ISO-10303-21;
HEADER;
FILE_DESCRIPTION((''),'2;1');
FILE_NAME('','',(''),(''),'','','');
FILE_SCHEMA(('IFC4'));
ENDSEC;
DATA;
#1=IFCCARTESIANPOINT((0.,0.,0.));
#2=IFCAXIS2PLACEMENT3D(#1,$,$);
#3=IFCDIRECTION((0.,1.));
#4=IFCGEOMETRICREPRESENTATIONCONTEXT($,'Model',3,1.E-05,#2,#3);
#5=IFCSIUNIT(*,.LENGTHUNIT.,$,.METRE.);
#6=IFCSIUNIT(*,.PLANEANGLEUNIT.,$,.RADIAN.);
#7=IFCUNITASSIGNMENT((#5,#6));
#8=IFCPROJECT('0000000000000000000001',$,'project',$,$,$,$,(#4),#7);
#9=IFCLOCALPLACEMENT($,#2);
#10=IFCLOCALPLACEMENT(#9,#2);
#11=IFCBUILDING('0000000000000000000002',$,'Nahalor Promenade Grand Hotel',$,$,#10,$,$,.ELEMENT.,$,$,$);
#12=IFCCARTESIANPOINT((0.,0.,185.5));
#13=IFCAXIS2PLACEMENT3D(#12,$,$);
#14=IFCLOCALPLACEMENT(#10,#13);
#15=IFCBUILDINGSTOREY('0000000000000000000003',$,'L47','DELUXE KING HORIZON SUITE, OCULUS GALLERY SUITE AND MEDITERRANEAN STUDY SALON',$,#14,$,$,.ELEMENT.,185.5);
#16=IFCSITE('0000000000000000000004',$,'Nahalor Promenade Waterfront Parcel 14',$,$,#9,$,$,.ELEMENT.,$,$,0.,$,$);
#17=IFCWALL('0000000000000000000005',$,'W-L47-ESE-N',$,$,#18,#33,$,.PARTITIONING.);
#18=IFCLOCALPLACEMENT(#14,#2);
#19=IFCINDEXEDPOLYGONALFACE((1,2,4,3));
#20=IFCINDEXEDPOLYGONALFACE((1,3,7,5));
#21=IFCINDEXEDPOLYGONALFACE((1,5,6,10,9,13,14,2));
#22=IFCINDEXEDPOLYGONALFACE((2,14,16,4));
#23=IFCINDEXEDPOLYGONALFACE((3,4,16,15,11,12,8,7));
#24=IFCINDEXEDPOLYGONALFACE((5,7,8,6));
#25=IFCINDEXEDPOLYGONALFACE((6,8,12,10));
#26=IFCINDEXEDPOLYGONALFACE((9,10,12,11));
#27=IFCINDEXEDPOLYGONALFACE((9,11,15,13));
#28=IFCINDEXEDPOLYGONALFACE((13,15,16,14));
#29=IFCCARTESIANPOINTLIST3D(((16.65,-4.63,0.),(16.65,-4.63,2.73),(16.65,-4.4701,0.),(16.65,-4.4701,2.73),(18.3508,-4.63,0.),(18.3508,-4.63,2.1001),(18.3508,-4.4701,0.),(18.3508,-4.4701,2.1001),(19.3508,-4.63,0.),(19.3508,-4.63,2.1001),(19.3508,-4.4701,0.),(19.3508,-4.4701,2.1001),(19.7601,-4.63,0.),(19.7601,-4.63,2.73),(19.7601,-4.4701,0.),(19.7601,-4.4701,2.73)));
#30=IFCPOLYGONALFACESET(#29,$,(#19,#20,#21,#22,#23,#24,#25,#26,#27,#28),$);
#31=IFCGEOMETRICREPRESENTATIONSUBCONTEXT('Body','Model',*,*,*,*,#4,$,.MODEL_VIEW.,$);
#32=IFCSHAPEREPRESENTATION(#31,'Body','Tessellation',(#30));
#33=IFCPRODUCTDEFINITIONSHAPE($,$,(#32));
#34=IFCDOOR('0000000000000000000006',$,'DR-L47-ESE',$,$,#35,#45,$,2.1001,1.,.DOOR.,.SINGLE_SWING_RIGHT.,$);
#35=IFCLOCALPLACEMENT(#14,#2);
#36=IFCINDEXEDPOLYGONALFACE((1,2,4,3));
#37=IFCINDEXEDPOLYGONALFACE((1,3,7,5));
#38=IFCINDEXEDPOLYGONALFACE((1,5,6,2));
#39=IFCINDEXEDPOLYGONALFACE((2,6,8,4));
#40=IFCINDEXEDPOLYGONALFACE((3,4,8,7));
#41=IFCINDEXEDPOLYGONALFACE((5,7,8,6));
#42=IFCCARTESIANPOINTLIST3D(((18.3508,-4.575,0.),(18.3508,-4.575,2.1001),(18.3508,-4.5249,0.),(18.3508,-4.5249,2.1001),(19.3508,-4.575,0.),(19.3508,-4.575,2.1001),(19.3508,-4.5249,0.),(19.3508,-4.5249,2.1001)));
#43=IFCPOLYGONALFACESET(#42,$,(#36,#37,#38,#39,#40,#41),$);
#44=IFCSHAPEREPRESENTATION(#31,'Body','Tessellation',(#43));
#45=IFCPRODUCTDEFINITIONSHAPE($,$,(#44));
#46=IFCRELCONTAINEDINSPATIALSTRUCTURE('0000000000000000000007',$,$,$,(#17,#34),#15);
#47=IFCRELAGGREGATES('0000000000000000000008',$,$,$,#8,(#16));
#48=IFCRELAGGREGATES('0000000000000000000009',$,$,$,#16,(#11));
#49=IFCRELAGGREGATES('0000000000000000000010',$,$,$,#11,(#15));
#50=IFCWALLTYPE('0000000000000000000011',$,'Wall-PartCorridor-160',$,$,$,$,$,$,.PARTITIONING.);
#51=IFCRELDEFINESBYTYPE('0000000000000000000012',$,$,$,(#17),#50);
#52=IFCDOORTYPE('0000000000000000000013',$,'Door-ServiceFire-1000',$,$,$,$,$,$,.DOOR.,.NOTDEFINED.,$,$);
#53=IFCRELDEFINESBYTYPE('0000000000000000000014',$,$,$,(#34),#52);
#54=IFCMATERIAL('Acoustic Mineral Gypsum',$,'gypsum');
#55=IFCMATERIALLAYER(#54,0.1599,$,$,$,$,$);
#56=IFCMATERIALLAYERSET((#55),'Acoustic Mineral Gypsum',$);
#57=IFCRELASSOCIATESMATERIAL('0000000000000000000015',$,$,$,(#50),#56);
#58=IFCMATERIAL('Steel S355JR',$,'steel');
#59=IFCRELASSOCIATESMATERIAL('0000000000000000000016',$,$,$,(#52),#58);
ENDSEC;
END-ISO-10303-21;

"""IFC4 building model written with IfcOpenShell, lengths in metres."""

from ifc_helpers import new_model, si_unit, direction, frame, frame_2d, origin, place, context, subcontext, project, spatial, rectangle, extrude, source, transform, mapped, material, layer, layer_set, type_object, element, fill, save


model = new_model("IFC4")

# Units and contexts
model_context = context("Model", 3, precision=1e-05, world=origin(), true_north=direction((0.0, 1.0)))
body_context = subcontext(model_context, "Body", "Model", "MODEL_VIEW")
ifc_project = project(units=[si_unit("LENGTHUNIT", "METRE"), si_unit("PLANEANGLEUNIT", "RADIAN")], contexts=[model_context])

# Site, building, storey
site_placement = place(None, origin())
site = spatial("IfcSite", under=ifc_project, at=site_placement, Name="Nahalor Promenade Waterfront Parcel 14", CompositionType="ELEMENT", RefElevation=0.0)
building_placement = place(site_placement, origin())
building = spatial("IfcBuilding", under=site, at=building_placement, Name="Nahalor Promenade Grand Hotel", CompositionType="ELEMENT")
storey_placement = place(building_placement, frame((0.0, 0.0, 185.5)))
storey = spatial("IfcBuildingStorey", under=building, at=storey_placement, Name="L47", Description="DELUXE KING HORIZON SUITE, OCULUS GALLERY SUITE AND MEDITERRANEAN STUDY SALON", CompositionType="ELEMENT", Elevation=185.5)

# Shared definitions
ifc_material_1 = material(Name="Steel S355JR", Category="steel")

# Wall, opening, door
ifc_material_2 = material(Name="Acoustic Mineral Gypsum", Category="gypsum")
ifc_layer_1 = layer(ifc_material_2, 0.1599)
ifc_layer_set_1 = layer_set([ifc_layer_1], Name="Acoustic Mineral Gypsum")
wall_type_1 = type_object("IfcWallType", Name="Wall-PartCorridor-160", PredefinedType="PARTITIONING", material=ifc_layer_set_1)
shared_shape_1 = source(origin(), body_context, "Body", "SweptSolid", [
    extrude(rectangle(XDim=3.1101, YDim=0.1599, at=frame_2d((1.5552, 0.0))), origin(), (0.0, 0.0, 1.0), 2.73),
])
wall_1_placement = place(storey_placement, frame((16.6499, -4.55, 0.0), z_axis=(0.0, 0.0, 1.0), x_axis=(1.0, 0.0, 0.0)))
wall_1 = element("IfcWall", 1, at=wall_1_placement, inside=storey, type_object=wall_type_1, Name="W-L47-ESE-N", PredefinedType="PARTITIONING", context=body_context, shape_type="MappedRepresentation", body=[
    mapped(shared_shape_1, transform((0.0, 0.0, 0.0), scale=1.0)),
])
opening_1_placement = place(wall_1_placement, frame((1.7009, 0.0, 0.0)))
opening_1 = element("IfcOpeningElement", 2, at=opening_1_placement, cuts=wall_1, PredefinedType="OPENING", context=body_context, shape_type="SweptSolid", body=[
    extrude(rectangle(XDim=1.0, YDim=2.1001, at=frame_2d((0.5, 1.05))), frame((0.0, 0.0898, 0.0), z_axis=(0.0, -1.0, 0.0), x_axis=(1.0, 0.0, 0.0)), (0.0, 0.0, 1.0), 0.1799),
])
door_type_1 = type_object("IfcDoorType", Name="Door-ServiceFire-1000", OperationType="NOTDEFINED", PredefinedType="DOOR", material=ifc_material_1)
shared_shape_2 = source(origin(), body_context, "Body", "SweptSolid", [
    extrude(rectangle(XDim=1.0, YDim=2.1001, at=frame_2d((0.5, 1.05))), frame((0.0, 0.0249, 0.0), z_axis=(0.0, -1.0, 0.0), x_axis=(1.0, 0.0, 0.0)), (0.0, 0.0, 1.0), 0.05),
])
door_1_placement = place(opening_1_placement, frame((1.0, 0.0, 0.0), z_axis=(0.0, 0.0, 1.0), x_axis=(-1.0, 0.0, 0.0)))
door_1 = element("IfcDoor", 3, at=door_1_placement, inside=storey, type_object=door_type_1, Name="DR-L47-ESE", OperationType="SINGLE_SWING_RIGHT", OverallHeight=2.1001, OverallWidth=1.0, PredefinedType="DOOR", context=body_context, shape_type="MappedRepresentation", body=[
    mapped(shared_shape_2, transform((0.0, 0.0, 0.0), scale=1.0)),
])
fill(opening_1, door_1)

save(model, "model.ifc")
